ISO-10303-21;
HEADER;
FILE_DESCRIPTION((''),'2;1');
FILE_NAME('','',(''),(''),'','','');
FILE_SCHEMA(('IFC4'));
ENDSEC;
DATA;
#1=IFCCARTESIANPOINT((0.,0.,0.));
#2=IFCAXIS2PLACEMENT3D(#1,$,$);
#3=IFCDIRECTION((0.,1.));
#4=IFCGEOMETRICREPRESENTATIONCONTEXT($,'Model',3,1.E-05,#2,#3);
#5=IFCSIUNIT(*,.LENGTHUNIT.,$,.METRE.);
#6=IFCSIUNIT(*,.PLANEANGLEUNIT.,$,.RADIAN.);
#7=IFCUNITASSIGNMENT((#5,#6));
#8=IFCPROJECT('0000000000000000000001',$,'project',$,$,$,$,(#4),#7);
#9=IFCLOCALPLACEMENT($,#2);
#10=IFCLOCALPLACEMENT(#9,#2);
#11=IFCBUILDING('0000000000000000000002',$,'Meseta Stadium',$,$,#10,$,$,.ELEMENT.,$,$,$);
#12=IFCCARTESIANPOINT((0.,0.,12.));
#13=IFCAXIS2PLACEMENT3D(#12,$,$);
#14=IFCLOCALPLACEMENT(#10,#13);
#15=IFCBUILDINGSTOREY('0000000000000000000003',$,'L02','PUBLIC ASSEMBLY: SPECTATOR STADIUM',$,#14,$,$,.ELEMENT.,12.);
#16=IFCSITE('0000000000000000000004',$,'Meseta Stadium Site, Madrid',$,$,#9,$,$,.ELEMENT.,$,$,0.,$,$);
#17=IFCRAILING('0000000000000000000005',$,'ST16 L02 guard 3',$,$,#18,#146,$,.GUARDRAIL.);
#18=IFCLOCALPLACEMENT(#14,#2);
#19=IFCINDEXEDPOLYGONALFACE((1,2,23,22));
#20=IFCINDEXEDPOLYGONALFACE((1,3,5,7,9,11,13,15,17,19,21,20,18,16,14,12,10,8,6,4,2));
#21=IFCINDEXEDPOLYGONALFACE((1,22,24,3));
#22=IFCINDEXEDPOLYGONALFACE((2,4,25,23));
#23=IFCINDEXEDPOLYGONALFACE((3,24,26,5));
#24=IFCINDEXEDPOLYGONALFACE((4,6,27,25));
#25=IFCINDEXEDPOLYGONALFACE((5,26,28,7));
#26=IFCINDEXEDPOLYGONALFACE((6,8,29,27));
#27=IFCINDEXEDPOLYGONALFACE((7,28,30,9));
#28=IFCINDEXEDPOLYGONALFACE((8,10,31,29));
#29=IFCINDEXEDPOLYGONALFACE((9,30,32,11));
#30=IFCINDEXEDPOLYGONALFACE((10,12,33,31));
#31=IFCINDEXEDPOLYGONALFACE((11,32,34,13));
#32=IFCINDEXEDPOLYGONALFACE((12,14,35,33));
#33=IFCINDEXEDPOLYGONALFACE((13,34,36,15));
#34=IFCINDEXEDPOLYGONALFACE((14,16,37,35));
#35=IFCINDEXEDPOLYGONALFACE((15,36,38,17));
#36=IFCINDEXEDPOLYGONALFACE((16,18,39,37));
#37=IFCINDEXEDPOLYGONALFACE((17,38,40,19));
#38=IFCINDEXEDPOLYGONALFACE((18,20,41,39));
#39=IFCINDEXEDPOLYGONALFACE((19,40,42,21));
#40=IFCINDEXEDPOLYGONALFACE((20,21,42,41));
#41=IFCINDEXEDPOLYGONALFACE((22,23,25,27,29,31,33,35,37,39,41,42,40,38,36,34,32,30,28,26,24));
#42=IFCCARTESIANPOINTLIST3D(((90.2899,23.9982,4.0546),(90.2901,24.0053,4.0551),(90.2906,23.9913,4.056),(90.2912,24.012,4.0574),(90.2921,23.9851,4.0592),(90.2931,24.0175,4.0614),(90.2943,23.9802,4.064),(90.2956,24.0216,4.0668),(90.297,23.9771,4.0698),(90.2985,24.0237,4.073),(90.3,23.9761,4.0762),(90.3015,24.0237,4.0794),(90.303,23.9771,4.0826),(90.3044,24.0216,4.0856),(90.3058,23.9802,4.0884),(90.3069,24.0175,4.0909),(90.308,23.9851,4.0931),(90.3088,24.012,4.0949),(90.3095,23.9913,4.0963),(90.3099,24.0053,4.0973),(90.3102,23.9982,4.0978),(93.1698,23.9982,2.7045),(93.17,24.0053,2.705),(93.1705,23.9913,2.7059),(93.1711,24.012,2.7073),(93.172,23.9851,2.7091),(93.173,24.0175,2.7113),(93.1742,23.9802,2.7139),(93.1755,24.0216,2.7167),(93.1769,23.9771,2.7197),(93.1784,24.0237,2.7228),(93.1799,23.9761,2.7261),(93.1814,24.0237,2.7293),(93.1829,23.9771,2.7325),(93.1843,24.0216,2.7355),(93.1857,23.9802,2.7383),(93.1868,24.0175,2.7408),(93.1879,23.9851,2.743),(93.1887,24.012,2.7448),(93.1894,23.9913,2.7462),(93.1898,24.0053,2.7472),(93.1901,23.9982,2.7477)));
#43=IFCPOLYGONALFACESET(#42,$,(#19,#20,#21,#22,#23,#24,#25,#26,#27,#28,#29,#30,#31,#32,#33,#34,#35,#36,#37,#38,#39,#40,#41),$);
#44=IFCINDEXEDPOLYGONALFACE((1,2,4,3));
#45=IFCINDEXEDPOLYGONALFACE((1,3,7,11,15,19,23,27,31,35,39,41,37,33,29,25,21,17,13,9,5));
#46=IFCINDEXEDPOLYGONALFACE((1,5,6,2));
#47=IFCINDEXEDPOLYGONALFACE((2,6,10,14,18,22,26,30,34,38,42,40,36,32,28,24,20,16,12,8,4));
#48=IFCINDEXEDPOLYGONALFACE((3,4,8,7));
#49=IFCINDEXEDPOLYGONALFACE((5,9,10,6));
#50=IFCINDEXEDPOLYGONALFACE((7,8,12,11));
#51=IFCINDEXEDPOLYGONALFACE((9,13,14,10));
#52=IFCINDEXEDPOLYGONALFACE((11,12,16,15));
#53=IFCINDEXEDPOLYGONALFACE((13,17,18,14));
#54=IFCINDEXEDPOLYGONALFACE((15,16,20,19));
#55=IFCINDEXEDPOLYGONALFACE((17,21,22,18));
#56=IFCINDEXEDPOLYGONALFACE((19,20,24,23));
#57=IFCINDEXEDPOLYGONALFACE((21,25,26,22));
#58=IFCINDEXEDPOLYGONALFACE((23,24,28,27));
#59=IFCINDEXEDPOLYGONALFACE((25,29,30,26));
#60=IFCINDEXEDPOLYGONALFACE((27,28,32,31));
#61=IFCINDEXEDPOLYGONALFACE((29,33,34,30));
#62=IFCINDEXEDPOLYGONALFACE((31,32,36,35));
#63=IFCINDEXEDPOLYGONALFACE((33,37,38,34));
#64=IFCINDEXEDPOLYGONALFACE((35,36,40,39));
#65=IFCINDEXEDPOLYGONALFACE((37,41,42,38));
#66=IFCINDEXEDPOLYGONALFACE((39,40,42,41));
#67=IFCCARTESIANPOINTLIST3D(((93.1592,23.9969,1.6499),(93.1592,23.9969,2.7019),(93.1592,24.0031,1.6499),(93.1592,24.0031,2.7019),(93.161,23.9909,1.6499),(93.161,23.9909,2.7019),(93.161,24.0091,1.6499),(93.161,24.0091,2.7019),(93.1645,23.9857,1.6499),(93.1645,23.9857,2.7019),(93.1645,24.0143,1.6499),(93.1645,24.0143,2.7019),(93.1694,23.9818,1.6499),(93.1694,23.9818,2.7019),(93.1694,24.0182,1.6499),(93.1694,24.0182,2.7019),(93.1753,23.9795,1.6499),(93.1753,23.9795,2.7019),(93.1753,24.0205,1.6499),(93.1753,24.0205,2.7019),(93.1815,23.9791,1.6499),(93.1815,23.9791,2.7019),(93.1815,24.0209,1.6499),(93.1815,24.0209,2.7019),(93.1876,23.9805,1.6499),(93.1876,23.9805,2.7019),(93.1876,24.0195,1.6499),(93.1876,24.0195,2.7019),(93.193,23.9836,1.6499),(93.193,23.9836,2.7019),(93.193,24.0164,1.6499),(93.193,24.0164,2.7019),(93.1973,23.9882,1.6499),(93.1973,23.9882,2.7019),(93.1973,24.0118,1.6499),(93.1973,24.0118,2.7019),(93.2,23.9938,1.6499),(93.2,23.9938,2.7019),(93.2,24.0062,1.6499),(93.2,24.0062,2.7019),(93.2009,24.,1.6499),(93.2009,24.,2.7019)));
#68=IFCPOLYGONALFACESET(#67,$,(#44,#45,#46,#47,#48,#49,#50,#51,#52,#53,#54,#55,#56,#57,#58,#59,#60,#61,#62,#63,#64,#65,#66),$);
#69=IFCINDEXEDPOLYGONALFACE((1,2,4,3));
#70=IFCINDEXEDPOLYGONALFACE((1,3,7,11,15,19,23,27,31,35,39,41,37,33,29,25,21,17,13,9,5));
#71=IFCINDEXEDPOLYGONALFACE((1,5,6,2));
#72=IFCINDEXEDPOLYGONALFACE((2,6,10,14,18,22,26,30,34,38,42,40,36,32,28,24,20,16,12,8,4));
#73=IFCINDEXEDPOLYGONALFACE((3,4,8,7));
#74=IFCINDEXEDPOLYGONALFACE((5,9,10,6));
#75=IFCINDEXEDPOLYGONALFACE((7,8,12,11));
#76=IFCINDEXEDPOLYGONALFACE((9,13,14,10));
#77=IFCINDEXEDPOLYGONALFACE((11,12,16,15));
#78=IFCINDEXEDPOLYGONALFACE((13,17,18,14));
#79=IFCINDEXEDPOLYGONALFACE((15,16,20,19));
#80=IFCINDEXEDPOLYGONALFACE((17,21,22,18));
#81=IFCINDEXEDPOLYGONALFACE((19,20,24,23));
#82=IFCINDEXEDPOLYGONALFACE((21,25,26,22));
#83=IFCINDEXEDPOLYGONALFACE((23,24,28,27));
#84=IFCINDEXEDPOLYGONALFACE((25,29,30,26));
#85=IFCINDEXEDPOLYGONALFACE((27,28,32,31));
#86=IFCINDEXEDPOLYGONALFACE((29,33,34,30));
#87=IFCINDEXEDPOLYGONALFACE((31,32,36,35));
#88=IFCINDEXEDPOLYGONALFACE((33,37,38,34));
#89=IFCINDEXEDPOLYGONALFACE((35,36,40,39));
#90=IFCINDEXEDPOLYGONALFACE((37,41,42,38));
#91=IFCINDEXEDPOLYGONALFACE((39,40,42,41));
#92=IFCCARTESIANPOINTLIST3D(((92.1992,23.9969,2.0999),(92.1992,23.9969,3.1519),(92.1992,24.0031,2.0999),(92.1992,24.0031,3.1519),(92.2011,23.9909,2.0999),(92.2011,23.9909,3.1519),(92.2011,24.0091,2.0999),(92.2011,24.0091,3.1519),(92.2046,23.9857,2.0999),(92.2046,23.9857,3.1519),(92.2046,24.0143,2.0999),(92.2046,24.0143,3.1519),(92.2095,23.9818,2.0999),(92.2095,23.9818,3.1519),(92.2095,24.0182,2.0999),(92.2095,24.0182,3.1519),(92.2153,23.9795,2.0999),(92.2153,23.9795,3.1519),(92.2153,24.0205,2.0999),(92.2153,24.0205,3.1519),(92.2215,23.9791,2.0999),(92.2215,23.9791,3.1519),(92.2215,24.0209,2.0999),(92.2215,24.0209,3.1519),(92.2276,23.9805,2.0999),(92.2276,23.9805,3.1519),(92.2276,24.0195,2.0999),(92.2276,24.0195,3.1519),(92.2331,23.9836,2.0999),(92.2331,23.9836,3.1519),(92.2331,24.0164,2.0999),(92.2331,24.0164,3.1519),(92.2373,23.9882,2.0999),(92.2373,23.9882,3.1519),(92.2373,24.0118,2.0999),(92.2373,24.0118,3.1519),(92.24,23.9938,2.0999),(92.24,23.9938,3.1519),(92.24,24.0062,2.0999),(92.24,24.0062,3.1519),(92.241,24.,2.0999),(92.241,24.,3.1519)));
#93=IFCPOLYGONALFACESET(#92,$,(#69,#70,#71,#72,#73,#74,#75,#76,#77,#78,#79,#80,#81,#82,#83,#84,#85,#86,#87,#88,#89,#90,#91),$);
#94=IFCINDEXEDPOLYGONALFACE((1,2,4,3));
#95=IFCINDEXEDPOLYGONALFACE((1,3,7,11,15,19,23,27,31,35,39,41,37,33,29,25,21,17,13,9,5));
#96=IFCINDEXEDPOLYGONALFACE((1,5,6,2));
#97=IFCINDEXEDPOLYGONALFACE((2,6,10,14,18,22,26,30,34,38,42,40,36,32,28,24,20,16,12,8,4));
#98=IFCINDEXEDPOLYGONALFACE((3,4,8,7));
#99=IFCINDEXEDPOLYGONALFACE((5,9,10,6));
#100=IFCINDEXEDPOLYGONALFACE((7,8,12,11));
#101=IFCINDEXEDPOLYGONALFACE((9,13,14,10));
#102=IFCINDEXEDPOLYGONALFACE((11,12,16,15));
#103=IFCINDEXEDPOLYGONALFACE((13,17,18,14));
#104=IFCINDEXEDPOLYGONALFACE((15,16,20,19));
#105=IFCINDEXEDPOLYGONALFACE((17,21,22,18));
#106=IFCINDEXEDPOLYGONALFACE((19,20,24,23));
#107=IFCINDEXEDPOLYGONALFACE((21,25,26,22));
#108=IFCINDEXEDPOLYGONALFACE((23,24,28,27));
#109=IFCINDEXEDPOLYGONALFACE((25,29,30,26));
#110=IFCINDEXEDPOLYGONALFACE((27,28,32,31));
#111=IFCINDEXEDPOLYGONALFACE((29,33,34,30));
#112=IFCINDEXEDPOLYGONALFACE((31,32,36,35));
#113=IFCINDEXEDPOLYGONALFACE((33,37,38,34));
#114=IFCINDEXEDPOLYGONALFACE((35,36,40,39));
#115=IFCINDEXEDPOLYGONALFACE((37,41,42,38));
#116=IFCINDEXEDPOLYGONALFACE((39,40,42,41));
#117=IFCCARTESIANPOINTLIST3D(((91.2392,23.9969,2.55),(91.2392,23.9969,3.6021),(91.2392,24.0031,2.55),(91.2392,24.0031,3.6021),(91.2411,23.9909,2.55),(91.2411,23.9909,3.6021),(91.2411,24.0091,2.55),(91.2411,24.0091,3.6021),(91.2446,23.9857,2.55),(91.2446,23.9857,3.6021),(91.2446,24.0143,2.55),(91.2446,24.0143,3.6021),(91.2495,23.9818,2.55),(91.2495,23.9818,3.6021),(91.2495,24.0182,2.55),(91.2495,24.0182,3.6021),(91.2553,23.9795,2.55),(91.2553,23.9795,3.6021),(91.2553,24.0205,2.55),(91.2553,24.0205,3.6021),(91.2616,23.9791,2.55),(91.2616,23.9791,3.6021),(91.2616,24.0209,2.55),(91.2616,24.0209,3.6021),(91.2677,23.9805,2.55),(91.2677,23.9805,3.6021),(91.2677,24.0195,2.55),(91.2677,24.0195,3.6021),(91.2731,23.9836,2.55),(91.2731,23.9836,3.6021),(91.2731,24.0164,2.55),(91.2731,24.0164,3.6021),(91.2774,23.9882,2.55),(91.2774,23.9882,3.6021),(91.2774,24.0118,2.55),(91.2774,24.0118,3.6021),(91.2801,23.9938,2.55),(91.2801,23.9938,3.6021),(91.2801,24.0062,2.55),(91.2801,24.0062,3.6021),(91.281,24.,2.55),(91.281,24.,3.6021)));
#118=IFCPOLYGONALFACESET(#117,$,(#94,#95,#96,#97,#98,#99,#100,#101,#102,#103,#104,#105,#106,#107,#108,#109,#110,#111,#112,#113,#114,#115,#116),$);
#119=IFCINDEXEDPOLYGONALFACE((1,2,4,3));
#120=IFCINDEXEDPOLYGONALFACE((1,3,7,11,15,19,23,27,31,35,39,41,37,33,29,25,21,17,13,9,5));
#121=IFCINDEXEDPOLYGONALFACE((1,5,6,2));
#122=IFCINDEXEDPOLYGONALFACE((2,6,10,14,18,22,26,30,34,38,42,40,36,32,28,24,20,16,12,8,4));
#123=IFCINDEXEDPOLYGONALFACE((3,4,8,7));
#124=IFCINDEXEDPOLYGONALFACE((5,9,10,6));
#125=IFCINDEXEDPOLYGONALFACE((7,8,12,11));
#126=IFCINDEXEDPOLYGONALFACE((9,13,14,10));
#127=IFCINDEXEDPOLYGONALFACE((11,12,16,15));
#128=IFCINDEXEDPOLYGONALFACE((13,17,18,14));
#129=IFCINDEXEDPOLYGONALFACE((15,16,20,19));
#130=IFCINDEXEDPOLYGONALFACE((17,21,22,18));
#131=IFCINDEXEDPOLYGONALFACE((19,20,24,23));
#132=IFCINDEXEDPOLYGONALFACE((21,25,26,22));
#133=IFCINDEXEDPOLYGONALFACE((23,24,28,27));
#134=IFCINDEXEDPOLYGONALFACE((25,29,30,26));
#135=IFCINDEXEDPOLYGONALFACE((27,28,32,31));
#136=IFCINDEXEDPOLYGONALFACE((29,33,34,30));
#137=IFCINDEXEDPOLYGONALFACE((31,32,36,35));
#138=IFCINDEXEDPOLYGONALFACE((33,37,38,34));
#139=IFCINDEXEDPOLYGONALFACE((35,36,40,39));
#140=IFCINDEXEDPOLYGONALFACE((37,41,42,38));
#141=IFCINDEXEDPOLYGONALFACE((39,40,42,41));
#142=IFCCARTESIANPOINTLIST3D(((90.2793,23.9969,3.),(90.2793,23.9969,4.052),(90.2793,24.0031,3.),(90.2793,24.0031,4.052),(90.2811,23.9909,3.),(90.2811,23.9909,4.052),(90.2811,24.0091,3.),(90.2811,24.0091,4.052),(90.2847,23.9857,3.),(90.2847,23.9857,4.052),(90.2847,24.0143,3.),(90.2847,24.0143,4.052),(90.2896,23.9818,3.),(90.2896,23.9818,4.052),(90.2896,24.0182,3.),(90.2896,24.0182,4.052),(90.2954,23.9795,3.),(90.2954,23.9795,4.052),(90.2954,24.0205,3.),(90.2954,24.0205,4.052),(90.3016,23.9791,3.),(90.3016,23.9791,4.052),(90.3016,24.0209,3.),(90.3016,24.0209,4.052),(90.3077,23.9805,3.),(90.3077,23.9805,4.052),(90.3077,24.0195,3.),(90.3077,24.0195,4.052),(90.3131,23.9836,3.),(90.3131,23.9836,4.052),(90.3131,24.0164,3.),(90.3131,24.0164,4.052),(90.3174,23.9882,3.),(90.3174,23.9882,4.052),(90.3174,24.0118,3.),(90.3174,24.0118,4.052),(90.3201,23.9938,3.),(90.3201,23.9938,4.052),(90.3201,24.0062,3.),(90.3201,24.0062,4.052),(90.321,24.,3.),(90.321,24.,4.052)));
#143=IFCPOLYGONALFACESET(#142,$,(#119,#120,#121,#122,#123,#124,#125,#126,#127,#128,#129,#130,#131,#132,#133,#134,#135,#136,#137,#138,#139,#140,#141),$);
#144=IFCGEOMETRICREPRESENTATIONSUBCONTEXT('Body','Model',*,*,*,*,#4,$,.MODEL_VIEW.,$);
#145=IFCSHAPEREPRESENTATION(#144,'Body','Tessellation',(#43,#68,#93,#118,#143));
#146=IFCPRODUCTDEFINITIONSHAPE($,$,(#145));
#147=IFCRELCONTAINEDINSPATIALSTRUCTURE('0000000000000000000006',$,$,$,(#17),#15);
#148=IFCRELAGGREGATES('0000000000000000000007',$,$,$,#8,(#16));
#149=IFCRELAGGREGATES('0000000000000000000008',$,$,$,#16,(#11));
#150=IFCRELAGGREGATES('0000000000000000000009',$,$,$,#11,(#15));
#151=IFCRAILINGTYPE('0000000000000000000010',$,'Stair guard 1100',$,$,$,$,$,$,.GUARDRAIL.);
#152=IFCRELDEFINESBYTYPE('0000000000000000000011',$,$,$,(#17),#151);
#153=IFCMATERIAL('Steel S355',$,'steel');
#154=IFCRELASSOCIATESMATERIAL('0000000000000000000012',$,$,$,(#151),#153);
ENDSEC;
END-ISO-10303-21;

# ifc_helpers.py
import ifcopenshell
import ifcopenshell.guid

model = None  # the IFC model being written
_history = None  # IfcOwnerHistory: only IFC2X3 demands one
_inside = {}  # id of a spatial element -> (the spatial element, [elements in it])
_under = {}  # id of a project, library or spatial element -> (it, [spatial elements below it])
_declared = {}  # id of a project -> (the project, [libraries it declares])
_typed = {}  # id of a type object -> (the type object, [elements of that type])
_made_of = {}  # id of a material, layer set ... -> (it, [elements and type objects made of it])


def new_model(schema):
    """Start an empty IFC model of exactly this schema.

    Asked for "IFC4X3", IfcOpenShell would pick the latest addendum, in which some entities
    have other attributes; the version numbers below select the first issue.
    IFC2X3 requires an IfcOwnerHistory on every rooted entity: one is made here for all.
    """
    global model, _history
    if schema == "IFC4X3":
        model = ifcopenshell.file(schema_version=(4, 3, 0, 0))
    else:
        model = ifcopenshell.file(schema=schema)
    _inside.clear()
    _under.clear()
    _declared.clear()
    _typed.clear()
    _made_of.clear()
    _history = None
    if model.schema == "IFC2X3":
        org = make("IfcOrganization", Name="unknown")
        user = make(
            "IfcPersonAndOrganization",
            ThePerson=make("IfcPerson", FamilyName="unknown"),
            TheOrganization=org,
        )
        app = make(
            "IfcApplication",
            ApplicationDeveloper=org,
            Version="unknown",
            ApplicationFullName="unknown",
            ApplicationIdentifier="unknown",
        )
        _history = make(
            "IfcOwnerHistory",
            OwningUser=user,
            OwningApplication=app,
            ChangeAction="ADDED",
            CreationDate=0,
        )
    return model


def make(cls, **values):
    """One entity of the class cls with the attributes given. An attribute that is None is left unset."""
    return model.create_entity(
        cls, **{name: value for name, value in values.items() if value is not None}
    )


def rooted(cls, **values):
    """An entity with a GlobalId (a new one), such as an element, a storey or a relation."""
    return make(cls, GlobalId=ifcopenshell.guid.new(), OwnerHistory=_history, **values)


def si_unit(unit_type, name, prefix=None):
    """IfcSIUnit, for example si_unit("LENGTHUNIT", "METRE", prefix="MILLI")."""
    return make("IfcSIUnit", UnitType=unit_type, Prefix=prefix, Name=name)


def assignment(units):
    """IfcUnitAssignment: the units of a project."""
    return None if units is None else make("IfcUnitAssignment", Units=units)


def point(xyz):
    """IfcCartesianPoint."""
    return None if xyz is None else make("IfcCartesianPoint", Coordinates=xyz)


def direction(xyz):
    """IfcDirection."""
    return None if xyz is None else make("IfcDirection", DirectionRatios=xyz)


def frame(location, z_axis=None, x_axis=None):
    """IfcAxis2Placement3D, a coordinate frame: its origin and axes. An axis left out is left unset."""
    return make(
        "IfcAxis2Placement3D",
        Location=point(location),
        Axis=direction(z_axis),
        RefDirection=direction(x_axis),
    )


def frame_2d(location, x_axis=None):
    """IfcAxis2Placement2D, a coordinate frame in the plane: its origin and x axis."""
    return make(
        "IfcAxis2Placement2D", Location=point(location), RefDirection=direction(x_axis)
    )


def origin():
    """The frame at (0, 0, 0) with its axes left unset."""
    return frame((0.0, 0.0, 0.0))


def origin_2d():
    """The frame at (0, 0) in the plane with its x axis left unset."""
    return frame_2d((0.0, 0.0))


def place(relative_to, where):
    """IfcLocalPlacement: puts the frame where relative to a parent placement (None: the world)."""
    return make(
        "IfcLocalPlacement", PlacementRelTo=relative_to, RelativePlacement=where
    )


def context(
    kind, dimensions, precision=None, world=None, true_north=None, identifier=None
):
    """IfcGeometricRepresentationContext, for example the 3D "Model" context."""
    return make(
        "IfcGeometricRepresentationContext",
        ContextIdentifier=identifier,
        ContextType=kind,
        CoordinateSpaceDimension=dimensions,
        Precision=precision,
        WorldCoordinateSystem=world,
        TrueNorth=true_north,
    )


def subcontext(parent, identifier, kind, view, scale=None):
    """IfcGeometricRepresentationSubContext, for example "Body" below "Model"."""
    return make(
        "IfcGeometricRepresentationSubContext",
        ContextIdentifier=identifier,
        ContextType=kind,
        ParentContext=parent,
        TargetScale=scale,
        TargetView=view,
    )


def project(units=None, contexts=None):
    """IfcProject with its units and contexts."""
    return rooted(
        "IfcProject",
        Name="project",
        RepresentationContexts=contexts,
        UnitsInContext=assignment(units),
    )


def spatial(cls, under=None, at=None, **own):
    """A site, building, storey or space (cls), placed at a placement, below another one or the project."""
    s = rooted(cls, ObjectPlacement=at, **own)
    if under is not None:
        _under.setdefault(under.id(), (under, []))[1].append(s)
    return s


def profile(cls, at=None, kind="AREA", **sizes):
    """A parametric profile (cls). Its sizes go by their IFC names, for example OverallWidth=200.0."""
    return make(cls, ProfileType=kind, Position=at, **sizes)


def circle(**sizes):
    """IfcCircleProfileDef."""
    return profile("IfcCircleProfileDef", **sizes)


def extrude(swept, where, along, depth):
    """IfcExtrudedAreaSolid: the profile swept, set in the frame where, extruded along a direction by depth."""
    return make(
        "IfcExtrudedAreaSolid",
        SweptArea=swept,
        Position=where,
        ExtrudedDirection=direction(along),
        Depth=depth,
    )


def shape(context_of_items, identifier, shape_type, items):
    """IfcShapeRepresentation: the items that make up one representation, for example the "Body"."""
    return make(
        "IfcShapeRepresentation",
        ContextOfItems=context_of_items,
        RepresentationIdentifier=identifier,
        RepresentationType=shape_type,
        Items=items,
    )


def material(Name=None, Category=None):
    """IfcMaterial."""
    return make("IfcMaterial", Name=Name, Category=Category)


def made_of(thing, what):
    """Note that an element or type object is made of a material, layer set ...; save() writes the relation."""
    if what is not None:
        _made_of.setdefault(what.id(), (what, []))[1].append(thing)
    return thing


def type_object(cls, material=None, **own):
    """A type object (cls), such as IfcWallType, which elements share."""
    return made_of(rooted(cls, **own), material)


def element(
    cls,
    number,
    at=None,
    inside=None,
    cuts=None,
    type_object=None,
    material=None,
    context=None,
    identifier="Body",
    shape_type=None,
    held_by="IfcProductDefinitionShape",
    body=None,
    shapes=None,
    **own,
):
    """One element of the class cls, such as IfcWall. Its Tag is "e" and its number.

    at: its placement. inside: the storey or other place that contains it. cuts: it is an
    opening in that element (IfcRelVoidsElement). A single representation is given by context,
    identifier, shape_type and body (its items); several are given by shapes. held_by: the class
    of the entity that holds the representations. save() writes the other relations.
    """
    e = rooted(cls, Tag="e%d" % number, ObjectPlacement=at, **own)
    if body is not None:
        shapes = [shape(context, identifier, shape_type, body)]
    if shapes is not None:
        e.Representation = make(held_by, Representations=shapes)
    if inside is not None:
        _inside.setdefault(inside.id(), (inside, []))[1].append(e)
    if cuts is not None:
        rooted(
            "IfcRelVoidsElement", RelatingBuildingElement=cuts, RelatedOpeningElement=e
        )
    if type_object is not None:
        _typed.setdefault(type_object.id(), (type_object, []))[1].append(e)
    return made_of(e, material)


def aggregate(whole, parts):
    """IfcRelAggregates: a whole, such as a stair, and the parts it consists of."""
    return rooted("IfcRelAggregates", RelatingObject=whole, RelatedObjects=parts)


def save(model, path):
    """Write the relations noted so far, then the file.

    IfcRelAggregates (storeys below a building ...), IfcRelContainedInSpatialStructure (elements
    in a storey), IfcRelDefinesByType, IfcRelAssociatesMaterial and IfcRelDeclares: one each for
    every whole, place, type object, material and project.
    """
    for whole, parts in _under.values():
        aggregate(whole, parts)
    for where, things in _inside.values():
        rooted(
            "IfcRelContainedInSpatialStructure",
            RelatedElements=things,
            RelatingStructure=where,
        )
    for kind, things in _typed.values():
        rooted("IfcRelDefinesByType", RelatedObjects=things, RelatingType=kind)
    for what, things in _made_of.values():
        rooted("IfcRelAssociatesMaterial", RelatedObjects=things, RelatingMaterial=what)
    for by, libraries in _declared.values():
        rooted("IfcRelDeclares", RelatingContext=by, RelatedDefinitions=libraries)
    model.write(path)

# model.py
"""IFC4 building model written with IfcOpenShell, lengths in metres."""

from ifc_helpers import new_model, si_unit, direction, frame, origin, origin_2d, place, context, subcontext, project, spatial, circle, extrude, material, type_object, element, save


model = new_model("IFC4")

# Units and contexts
model_context = context("Model", 3, precision=1e-05, world=origin(), true_north=direction((0.0, 1.0)))
body_context = subcontext(model_context, "Body", "Model", "MODEL_VIEW")
ifc_project = project(units=[si_unit("LENGTHUNIT", "METRE"), si_unit("PLANEANGLEUNIT", "RADIAN")], contexts=[model_context])

# Site, building, storey
site_placement = place(None, origin())
site = spatial("IfcSite", under=ifc_project, at=site_placement, Name="Meseta Stadium Site, Madrid", CompositionType="ELEMENT", RefElevation=0.0)
building_placement = place(site_placement, origin())
building = spatial("IfcBuilding", under=site, at=building_placement, Name="Meseta Stadium", CompositionType="ELEMENT")
storey_placement = place(building_placement, frame((0.0, 0.0, 12.0)))
storey = spatial("IfcBuildingStorey", under=building, at=storey_placement, Name="L02", Description="PUBLIC ASSEMBLY: SPECTATOR STADIUM", CompositionType="ELEMENT", Elevation=12.0)

# Railing
ifc_material_1 = material(Name="Steel S355", Category="steel")
railing_type_1 = type_object("IfcRailingType", Name="Stair guard 1100", PredefinedType="GUARDRAIL", material=ifc_material_1)
for number, where, name in (
    (1, (93.1799, 24.0, 1.6499), "ST16 L02 guard 3"),
):
    element("IfcRailing", number, at=place(storey_placement, frame(where)), inside=storey, type_object=railing_type_1, Name=name, PredefinedType="GUARDRAIL", context=body_context, shape_type="SweptSolid", body=[
        extrude(circle(Radius=0.0239, at=origin_2d()), frame((0.0, 0.0, 1.0762), z_axis=(-0.90544, 0.0, 0.424473), x_axis=(0.0, -1.0, 0.0)), (0.0, 0.0, 1.0), 3.1807),
        extrude(circle(Radius=0.021, at=origin_2d()), origin(), (0.0, 0.0, 1.0), 1.052),
        extrude(circle(Radius=0.021, at=origin_2d()), frame((-0.96, 0.0, 0.45)), (0.0, 0.0, 1.0), 1.052),
        extrude(circle(Radius=0.021, at=origin_2d()), frame((-1.9199, 0.0, 0.9001)), (0.0, 0.0, 1.0), 1.052),
        extrude(circle(Radius=0.021, at=origin_2d()), frame((-2.8799, 0.0, 1.3501)), (0.0, 0.0, 1.0), 1.052),
    ])

save(model, "model.ifc")
